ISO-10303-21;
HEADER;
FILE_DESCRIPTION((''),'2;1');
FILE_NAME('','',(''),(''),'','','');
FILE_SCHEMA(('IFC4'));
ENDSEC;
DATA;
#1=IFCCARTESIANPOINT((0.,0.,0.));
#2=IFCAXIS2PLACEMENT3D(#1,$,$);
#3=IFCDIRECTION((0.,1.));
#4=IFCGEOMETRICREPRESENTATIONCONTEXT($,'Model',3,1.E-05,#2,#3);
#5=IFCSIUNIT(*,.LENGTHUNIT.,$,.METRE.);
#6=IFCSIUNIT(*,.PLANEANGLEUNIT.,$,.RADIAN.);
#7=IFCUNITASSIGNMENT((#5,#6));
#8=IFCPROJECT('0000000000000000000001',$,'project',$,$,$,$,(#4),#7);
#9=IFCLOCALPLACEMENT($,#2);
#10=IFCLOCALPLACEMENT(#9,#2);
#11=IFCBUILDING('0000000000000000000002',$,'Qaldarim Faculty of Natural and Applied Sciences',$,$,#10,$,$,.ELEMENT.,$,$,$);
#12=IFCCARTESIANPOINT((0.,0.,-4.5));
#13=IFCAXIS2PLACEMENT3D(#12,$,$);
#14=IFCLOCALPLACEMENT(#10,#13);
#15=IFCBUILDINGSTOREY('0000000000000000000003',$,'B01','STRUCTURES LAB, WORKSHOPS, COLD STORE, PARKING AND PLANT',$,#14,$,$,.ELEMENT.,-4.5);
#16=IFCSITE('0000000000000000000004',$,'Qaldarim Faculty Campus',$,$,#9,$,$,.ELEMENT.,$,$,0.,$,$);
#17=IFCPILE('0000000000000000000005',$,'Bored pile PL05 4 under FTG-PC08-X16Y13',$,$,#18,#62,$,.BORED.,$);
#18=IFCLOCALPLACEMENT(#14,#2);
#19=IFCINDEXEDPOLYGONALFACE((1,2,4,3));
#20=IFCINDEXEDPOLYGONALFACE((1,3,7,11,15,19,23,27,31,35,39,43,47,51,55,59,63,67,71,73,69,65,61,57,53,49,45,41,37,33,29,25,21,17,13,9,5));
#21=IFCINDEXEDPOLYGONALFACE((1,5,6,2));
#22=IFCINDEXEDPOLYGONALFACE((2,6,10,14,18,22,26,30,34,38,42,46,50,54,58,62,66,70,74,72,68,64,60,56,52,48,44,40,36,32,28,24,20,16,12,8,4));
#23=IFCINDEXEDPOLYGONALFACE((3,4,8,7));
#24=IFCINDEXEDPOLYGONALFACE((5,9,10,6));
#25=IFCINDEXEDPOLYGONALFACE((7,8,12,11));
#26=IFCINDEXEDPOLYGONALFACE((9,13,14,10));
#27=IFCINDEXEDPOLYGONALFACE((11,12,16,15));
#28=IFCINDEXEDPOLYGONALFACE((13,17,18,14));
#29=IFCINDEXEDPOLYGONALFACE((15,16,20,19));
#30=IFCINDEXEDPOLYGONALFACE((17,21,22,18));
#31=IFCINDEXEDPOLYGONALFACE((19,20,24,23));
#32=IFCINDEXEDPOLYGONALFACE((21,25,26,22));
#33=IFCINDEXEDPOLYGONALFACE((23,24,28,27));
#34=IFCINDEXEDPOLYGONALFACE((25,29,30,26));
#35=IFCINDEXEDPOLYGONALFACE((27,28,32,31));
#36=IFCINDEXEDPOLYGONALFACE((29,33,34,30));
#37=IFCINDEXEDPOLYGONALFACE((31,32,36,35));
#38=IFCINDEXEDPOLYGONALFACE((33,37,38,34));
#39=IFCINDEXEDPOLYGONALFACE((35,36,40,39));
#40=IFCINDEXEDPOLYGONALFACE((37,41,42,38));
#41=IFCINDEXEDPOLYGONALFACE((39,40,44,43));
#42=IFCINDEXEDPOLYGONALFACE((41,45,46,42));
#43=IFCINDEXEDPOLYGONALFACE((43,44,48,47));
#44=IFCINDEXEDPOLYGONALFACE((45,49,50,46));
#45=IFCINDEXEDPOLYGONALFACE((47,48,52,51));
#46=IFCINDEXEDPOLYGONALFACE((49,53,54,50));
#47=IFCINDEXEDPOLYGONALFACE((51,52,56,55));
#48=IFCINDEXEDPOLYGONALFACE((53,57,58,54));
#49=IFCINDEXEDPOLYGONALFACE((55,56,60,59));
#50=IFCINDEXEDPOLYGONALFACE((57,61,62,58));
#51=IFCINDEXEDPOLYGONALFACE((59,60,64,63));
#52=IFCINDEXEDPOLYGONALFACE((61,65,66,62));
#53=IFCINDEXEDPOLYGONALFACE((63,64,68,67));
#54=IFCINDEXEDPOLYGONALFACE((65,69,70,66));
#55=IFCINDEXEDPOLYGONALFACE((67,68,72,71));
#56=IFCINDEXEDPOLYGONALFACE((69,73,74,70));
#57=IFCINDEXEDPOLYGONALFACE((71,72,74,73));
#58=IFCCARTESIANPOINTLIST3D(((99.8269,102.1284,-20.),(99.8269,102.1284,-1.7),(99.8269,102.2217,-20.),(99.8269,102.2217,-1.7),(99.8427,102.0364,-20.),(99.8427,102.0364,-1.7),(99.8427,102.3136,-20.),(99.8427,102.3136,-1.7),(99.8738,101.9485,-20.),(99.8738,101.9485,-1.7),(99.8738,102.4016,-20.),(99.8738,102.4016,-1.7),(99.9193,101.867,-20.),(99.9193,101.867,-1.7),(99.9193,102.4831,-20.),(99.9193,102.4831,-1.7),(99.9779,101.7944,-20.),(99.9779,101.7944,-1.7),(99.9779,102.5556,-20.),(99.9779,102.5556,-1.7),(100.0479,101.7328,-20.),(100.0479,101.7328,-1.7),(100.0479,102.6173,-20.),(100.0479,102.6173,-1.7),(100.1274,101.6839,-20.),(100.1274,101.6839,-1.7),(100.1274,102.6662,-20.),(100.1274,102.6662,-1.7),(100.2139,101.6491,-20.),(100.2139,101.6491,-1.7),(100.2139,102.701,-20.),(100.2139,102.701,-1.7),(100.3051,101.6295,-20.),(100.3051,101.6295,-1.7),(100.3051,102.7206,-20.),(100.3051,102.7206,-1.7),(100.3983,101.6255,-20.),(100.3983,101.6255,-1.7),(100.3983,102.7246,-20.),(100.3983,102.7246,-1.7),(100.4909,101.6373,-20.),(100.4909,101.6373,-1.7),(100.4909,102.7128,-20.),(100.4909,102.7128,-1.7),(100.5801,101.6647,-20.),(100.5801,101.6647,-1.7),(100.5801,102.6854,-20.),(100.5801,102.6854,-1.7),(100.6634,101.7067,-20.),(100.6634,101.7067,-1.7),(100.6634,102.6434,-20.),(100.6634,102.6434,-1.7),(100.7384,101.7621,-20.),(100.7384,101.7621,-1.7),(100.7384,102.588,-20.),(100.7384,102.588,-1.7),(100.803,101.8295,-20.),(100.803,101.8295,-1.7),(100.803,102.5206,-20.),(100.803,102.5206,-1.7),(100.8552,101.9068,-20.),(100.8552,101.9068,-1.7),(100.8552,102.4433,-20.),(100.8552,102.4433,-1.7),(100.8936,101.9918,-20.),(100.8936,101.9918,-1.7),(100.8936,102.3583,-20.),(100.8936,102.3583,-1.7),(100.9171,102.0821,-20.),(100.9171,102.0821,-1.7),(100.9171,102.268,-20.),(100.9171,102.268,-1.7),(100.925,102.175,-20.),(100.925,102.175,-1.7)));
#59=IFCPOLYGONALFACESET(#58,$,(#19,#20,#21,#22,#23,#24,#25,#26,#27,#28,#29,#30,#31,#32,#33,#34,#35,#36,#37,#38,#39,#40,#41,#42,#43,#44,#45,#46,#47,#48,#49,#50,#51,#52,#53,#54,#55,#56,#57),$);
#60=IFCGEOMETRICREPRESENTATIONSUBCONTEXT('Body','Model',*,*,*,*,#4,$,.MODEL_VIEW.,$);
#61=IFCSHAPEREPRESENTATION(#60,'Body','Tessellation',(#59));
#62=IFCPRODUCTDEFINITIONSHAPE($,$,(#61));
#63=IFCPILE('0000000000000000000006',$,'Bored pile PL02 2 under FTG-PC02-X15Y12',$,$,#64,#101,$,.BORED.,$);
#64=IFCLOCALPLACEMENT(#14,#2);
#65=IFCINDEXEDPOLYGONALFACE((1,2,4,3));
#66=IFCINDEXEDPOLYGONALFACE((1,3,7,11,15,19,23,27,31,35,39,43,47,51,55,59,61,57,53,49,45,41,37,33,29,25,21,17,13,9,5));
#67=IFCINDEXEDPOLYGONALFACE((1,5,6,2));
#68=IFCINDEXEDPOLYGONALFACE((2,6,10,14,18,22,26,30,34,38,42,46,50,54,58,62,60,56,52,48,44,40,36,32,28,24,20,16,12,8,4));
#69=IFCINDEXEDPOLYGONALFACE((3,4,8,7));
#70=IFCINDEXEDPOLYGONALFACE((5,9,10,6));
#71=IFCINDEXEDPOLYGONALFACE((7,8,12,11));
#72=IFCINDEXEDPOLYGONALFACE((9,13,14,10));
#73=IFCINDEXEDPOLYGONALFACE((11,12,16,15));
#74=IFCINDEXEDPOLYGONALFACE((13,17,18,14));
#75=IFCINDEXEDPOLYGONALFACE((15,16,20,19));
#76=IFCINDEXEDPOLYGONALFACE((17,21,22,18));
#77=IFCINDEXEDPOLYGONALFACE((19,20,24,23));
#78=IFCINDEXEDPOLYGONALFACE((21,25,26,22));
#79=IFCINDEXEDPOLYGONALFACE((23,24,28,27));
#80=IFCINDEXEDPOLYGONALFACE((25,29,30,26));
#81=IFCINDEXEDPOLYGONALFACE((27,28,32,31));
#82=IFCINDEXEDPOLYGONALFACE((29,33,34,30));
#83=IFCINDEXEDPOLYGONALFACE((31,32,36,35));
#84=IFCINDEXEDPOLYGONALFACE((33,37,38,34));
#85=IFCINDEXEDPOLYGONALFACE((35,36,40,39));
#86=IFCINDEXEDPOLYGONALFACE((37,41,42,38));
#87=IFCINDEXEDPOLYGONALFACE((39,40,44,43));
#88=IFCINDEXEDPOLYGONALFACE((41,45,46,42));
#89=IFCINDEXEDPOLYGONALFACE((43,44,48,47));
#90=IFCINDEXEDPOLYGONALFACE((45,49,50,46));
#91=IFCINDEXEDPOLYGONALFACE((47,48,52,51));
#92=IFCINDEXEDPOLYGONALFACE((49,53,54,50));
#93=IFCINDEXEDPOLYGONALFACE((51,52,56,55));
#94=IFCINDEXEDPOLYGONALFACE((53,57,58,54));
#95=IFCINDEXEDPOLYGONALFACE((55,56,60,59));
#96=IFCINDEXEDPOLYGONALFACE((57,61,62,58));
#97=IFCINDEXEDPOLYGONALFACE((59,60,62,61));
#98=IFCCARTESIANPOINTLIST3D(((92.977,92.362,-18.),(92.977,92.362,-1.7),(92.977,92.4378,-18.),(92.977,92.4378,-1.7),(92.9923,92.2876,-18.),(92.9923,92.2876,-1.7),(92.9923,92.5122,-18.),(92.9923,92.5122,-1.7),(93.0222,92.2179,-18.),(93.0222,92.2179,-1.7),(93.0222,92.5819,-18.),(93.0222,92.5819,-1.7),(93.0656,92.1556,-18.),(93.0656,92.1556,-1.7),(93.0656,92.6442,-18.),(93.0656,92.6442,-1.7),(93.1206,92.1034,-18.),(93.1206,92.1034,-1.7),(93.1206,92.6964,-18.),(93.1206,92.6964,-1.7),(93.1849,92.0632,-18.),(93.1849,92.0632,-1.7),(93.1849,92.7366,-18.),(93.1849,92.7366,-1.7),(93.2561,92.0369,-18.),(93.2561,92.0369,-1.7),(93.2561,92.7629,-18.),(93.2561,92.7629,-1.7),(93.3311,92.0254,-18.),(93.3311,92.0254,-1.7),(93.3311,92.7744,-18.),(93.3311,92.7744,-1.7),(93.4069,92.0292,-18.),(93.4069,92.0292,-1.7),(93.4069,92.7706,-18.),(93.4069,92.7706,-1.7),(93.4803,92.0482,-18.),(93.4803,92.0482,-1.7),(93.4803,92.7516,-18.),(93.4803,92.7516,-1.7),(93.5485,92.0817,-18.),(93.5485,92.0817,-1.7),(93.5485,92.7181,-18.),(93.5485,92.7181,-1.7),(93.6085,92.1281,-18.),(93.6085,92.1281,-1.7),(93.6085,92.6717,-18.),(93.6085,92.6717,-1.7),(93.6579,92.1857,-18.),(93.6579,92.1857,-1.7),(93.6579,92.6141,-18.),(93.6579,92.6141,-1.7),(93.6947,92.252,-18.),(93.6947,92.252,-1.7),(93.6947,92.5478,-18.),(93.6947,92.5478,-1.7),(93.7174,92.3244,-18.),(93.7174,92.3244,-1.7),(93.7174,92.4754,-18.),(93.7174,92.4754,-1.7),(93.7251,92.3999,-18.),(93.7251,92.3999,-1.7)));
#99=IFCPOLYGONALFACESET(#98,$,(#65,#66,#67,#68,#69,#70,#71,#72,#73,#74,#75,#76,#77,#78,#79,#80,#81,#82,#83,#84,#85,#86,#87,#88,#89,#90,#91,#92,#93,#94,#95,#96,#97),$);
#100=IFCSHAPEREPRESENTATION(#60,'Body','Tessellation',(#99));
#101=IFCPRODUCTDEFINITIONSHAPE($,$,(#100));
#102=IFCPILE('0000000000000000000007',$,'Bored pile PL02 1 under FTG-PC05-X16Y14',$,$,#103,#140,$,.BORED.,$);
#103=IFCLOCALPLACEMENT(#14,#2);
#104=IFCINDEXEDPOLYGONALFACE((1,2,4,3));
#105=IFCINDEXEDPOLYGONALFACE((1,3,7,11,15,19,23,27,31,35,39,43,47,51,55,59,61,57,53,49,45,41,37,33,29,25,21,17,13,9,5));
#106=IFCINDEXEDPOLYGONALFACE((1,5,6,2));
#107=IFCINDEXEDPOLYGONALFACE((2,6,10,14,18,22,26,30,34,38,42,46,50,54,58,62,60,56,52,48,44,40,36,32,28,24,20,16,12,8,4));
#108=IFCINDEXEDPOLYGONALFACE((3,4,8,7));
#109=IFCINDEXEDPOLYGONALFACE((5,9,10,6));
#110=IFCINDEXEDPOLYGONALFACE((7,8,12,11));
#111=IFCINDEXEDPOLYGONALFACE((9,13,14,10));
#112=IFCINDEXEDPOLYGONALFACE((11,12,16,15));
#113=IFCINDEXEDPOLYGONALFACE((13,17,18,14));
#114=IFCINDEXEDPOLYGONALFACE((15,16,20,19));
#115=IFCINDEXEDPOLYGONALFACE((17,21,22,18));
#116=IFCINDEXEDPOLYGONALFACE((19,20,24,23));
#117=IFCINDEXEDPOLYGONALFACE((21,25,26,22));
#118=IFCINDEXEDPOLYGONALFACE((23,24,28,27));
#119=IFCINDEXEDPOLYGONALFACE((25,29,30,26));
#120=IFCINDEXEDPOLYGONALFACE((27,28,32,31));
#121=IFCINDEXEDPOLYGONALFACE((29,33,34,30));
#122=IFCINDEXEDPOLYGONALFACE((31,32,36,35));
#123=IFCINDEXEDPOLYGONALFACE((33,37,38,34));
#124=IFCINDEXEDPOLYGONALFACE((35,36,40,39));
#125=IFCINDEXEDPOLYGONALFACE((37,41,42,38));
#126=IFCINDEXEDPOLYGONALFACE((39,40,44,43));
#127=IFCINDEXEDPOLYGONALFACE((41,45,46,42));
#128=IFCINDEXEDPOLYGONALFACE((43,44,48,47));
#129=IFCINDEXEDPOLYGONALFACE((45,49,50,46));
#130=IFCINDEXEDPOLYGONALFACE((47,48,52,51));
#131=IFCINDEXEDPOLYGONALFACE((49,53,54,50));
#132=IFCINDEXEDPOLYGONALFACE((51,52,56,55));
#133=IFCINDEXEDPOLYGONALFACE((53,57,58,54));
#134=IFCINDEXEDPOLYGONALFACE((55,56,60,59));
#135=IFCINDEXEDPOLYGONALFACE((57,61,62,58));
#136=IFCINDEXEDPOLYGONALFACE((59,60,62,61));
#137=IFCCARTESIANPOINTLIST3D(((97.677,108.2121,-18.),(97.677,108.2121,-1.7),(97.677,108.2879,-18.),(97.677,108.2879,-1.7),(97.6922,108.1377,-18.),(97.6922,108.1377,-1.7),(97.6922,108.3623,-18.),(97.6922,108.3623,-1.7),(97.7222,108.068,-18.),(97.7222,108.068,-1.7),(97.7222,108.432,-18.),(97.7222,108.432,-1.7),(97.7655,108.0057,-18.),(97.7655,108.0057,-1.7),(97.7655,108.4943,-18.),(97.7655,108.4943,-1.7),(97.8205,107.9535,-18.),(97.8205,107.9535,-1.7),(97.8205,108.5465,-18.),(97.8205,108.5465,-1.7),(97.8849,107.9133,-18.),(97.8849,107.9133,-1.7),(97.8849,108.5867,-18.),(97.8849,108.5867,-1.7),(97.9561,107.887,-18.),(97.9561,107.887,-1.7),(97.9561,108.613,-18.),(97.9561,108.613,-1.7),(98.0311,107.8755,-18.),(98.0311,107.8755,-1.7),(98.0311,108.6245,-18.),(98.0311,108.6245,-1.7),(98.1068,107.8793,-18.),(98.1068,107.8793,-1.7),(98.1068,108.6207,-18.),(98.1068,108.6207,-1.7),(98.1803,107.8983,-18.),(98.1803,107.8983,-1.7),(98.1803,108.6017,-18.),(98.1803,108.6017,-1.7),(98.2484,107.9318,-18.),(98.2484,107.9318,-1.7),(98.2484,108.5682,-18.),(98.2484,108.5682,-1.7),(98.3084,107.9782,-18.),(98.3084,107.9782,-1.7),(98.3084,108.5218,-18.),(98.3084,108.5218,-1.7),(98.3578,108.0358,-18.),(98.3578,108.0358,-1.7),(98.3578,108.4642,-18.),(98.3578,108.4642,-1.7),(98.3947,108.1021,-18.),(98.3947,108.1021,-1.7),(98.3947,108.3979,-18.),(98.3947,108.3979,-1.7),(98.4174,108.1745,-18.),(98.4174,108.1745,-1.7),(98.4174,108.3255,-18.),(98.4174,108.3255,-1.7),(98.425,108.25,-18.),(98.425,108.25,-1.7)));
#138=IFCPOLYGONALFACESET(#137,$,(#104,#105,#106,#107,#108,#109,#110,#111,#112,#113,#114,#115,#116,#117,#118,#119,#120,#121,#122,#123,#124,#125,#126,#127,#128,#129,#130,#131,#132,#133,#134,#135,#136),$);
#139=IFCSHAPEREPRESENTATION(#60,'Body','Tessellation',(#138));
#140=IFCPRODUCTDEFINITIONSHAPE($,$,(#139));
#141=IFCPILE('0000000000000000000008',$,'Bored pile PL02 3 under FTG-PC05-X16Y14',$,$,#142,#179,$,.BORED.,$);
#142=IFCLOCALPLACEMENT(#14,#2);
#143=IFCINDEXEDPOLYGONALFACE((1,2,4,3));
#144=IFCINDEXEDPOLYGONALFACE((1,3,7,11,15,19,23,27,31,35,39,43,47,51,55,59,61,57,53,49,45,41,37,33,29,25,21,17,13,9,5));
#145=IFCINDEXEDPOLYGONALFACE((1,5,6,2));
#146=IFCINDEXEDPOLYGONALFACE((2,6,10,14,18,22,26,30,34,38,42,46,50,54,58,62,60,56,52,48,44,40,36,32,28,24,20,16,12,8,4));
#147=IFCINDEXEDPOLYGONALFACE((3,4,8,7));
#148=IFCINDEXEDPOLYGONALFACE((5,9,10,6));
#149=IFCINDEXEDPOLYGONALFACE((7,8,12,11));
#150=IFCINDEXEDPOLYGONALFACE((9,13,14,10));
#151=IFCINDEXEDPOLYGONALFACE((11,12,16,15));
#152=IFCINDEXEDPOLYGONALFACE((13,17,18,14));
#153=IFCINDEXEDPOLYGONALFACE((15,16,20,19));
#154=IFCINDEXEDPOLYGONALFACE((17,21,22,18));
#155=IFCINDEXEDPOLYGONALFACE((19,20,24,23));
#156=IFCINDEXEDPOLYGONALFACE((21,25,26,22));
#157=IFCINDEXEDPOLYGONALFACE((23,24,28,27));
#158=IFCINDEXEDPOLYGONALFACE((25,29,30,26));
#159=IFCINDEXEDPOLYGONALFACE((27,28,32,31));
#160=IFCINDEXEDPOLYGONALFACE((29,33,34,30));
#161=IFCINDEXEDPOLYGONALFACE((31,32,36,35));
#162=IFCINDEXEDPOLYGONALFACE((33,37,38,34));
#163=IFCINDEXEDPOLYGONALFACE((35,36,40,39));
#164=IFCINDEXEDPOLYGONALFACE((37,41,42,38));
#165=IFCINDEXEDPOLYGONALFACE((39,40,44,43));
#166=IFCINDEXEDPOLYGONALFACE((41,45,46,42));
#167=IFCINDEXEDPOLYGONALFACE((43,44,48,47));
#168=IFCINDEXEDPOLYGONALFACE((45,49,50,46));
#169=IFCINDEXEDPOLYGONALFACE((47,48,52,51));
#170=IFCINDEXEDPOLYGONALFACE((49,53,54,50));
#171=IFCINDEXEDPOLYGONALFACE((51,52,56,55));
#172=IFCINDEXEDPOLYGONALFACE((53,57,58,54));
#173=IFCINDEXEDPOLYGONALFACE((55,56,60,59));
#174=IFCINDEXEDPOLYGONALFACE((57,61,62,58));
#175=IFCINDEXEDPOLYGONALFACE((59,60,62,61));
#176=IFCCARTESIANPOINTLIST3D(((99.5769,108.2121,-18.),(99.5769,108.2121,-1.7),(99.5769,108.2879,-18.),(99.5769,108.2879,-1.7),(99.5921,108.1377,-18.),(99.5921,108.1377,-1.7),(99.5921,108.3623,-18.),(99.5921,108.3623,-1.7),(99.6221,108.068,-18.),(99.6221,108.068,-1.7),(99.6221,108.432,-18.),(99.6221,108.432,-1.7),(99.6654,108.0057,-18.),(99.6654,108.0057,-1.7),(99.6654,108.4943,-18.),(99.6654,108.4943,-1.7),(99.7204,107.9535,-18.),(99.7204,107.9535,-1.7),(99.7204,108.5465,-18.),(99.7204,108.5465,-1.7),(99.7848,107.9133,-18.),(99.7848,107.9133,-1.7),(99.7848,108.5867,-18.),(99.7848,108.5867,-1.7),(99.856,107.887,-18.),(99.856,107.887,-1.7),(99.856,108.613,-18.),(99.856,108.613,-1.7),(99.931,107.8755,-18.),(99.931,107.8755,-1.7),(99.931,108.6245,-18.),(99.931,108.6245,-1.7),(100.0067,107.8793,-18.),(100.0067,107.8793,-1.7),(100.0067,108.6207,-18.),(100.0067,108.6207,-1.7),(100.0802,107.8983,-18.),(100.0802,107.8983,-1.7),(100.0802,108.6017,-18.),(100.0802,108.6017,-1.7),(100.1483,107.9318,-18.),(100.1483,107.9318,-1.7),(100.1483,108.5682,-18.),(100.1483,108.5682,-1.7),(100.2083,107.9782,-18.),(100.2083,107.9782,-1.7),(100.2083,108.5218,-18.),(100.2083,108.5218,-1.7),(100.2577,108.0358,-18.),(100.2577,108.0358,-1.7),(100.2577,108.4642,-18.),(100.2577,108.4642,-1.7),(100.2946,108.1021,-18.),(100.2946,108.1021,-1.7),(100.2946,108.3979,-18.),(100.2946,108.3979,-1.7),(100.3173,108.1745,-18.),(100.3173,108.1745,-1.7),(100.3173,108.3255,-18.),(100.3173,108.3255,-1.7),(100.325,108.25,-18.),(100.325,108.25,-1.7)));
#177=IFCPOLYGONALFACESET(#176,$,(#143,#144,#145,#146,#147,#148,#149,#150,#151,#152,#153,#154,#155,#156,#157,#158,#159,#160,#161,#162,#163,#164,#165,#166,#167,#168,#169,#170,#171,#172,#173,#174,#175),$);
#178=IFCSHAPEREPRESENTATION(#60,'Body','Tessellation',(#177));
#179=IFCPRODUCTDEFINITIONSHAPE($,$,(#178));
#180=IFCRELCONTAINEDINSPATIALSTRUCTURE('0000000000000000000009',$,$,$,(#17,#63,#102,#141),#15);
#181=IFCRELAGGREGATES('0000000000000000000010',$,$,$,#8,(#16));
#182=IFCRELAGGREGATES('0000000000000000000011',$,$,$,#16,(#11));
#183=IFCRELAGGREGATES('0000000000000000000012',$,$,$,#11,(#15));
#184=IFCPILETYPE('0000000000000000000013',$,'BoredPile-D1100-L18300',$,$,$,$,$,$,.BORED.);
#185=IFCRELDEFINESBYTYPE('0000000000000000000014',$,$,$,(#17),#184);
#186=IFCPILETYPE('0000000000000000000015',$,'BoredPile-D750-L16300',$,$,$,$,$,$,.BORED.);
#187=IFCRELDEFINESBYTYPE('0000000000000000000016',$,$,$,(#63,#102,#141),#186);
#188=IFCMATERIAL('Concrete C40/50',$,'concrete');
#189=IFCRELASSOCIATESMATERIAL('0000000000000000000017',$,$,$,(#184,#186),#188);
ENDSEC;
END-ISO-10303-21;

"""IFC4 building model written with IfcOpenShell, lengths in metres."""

from ifc_helpers import new_model, si_unit, direction, frame, origin, origin_2d, place, context, subcontext, project, spatial, circle, extrude, material, material_profile, profile_set, type_object, element, save


model = new_model("IFC4")

# Units and contexts
model_context = context("Model", 3, precision=1e-05, world=origin(), true_north=direction((0.0, 1.0)))
body_context = subcontext(model_context, "Body", "Model", "MODEL_VIEW")
ifc_project = project(units=[si_unit("LENGTHUNIT", "METRE"), si_unit("PLANEANGLEUNIT", "RADIAN")], contexts=[model_context])

# Site, building, storey
site_placement = place(None, origin())
site = spatial("IfcSite", under=ifc_project, at=site_placement, Name="Qaldarim Faculty Campus", CompositionType="ELEMENT", RefElevation=0.0)
building_placement = place(site_placement, origin())
building = spatial("IfcBuilding", under=site, at=building_placement, Name="Qaldarim Faculty of Natural and Applied Sciences", CompositionType="ELEMENT")
storey_placement = place(building_placement, frame((0.0, 0.0, -4.5)))
storey = spatial("IfcBuildingStorey", under=building, at=storey_placement, Name="B01", Description="STRUCTURES LAB, WORKSHOPS, COLD STORE, PARKING AND PLANT", CompositionType="ELEMENT", Elevation=-4.5)

# Piles
ifc_material_1 = material(Name="Concrete C40/50", Category="concrete")
ifc_material_profile_1 = material_profile(ifc_material_1, circle(Radius=0.55, at=origin_2d()), Name="PILE-D1100")
ifc_profile_set_1 = profile_set([ifc_material_profile_1], Name="Concrete C40/50")
pile_type_1 = type_object("IfcPileType", Name="BoredPile-D1100-L18300", PredefinedType="BORED", material=ifc_profile_set_1)
for number, where, z_axis, x_axis, name in (
    (1, (100.375, 102.175, -1.7), (0.0, 0.0, -1.0), (1.0, 0.0, 0.0), "Bored pile PL05 4 under FTG-PC08-X16Y13"),
):
    element("IfcPile", number, at=place(storey_placement, frame(where, z_axis=z_axis, x_axis=x_axis)), inside=storey, type_object=pile_type_1, Name=name, PredefinedType="BORED", context=body_context, shape_type="SweptSolid", body=[
        extrude(circle(Radius=0.55, at=origin_2d()), origin(), (0.0, 0.0, 1.0), 18.3),
    ])
ifc_material_profile_2 = material_profile(ifc_material_1, circle(Radius=0.375, at=origin_2d()), Name="PILE-D750")
ifc_profile_set_2 = profile_set([ifc_material_profile_2], Name="Concrete C40/50")
pile_type_2 = type_object("IfcPileType", Name="BoredPile-D750-L16300", PredefinedType="BORED", material=ifc_profile_set_2)
for number, where, z_axis, x_axis, name in (
    (2, (93.3501, 92.3999, -1.7), (0.0, 0.0, -1.0), (1.0, 0.0, 0.0), "Bored pile PL02 2 under FTG-PC02-X15Y12"),
    (3, (98.05, 108.25, -1.7), (0.0, 0.0, -1.0), (1.0, 0.0, 0.0), "Bored pile PL02 1 under FTG-PC05-X16Y14"),
    (4, (99.95, 108.25, -1.7), (0.0, 0.0, -1.0), (1.0, 0.0, 0.0), "Bored pile PL02 3 under FTG-PC05-X16Y14"),
):
    element("IfcPile", number, at=place(storey_placement, frame(where, z_axis=z_axis, x_axis=x_axis)), inside=storey, type_object=pile_type_2, Name=name, PredefinedType="BORED", context=body_context, shape_type="SweptSolid", body=[
        extrude(circle(Radius=0.375, at=origin_2d()), origin(), (0.0, 0.0, 1.0), 16.3),
    ])

save(model, "model.ifc")
